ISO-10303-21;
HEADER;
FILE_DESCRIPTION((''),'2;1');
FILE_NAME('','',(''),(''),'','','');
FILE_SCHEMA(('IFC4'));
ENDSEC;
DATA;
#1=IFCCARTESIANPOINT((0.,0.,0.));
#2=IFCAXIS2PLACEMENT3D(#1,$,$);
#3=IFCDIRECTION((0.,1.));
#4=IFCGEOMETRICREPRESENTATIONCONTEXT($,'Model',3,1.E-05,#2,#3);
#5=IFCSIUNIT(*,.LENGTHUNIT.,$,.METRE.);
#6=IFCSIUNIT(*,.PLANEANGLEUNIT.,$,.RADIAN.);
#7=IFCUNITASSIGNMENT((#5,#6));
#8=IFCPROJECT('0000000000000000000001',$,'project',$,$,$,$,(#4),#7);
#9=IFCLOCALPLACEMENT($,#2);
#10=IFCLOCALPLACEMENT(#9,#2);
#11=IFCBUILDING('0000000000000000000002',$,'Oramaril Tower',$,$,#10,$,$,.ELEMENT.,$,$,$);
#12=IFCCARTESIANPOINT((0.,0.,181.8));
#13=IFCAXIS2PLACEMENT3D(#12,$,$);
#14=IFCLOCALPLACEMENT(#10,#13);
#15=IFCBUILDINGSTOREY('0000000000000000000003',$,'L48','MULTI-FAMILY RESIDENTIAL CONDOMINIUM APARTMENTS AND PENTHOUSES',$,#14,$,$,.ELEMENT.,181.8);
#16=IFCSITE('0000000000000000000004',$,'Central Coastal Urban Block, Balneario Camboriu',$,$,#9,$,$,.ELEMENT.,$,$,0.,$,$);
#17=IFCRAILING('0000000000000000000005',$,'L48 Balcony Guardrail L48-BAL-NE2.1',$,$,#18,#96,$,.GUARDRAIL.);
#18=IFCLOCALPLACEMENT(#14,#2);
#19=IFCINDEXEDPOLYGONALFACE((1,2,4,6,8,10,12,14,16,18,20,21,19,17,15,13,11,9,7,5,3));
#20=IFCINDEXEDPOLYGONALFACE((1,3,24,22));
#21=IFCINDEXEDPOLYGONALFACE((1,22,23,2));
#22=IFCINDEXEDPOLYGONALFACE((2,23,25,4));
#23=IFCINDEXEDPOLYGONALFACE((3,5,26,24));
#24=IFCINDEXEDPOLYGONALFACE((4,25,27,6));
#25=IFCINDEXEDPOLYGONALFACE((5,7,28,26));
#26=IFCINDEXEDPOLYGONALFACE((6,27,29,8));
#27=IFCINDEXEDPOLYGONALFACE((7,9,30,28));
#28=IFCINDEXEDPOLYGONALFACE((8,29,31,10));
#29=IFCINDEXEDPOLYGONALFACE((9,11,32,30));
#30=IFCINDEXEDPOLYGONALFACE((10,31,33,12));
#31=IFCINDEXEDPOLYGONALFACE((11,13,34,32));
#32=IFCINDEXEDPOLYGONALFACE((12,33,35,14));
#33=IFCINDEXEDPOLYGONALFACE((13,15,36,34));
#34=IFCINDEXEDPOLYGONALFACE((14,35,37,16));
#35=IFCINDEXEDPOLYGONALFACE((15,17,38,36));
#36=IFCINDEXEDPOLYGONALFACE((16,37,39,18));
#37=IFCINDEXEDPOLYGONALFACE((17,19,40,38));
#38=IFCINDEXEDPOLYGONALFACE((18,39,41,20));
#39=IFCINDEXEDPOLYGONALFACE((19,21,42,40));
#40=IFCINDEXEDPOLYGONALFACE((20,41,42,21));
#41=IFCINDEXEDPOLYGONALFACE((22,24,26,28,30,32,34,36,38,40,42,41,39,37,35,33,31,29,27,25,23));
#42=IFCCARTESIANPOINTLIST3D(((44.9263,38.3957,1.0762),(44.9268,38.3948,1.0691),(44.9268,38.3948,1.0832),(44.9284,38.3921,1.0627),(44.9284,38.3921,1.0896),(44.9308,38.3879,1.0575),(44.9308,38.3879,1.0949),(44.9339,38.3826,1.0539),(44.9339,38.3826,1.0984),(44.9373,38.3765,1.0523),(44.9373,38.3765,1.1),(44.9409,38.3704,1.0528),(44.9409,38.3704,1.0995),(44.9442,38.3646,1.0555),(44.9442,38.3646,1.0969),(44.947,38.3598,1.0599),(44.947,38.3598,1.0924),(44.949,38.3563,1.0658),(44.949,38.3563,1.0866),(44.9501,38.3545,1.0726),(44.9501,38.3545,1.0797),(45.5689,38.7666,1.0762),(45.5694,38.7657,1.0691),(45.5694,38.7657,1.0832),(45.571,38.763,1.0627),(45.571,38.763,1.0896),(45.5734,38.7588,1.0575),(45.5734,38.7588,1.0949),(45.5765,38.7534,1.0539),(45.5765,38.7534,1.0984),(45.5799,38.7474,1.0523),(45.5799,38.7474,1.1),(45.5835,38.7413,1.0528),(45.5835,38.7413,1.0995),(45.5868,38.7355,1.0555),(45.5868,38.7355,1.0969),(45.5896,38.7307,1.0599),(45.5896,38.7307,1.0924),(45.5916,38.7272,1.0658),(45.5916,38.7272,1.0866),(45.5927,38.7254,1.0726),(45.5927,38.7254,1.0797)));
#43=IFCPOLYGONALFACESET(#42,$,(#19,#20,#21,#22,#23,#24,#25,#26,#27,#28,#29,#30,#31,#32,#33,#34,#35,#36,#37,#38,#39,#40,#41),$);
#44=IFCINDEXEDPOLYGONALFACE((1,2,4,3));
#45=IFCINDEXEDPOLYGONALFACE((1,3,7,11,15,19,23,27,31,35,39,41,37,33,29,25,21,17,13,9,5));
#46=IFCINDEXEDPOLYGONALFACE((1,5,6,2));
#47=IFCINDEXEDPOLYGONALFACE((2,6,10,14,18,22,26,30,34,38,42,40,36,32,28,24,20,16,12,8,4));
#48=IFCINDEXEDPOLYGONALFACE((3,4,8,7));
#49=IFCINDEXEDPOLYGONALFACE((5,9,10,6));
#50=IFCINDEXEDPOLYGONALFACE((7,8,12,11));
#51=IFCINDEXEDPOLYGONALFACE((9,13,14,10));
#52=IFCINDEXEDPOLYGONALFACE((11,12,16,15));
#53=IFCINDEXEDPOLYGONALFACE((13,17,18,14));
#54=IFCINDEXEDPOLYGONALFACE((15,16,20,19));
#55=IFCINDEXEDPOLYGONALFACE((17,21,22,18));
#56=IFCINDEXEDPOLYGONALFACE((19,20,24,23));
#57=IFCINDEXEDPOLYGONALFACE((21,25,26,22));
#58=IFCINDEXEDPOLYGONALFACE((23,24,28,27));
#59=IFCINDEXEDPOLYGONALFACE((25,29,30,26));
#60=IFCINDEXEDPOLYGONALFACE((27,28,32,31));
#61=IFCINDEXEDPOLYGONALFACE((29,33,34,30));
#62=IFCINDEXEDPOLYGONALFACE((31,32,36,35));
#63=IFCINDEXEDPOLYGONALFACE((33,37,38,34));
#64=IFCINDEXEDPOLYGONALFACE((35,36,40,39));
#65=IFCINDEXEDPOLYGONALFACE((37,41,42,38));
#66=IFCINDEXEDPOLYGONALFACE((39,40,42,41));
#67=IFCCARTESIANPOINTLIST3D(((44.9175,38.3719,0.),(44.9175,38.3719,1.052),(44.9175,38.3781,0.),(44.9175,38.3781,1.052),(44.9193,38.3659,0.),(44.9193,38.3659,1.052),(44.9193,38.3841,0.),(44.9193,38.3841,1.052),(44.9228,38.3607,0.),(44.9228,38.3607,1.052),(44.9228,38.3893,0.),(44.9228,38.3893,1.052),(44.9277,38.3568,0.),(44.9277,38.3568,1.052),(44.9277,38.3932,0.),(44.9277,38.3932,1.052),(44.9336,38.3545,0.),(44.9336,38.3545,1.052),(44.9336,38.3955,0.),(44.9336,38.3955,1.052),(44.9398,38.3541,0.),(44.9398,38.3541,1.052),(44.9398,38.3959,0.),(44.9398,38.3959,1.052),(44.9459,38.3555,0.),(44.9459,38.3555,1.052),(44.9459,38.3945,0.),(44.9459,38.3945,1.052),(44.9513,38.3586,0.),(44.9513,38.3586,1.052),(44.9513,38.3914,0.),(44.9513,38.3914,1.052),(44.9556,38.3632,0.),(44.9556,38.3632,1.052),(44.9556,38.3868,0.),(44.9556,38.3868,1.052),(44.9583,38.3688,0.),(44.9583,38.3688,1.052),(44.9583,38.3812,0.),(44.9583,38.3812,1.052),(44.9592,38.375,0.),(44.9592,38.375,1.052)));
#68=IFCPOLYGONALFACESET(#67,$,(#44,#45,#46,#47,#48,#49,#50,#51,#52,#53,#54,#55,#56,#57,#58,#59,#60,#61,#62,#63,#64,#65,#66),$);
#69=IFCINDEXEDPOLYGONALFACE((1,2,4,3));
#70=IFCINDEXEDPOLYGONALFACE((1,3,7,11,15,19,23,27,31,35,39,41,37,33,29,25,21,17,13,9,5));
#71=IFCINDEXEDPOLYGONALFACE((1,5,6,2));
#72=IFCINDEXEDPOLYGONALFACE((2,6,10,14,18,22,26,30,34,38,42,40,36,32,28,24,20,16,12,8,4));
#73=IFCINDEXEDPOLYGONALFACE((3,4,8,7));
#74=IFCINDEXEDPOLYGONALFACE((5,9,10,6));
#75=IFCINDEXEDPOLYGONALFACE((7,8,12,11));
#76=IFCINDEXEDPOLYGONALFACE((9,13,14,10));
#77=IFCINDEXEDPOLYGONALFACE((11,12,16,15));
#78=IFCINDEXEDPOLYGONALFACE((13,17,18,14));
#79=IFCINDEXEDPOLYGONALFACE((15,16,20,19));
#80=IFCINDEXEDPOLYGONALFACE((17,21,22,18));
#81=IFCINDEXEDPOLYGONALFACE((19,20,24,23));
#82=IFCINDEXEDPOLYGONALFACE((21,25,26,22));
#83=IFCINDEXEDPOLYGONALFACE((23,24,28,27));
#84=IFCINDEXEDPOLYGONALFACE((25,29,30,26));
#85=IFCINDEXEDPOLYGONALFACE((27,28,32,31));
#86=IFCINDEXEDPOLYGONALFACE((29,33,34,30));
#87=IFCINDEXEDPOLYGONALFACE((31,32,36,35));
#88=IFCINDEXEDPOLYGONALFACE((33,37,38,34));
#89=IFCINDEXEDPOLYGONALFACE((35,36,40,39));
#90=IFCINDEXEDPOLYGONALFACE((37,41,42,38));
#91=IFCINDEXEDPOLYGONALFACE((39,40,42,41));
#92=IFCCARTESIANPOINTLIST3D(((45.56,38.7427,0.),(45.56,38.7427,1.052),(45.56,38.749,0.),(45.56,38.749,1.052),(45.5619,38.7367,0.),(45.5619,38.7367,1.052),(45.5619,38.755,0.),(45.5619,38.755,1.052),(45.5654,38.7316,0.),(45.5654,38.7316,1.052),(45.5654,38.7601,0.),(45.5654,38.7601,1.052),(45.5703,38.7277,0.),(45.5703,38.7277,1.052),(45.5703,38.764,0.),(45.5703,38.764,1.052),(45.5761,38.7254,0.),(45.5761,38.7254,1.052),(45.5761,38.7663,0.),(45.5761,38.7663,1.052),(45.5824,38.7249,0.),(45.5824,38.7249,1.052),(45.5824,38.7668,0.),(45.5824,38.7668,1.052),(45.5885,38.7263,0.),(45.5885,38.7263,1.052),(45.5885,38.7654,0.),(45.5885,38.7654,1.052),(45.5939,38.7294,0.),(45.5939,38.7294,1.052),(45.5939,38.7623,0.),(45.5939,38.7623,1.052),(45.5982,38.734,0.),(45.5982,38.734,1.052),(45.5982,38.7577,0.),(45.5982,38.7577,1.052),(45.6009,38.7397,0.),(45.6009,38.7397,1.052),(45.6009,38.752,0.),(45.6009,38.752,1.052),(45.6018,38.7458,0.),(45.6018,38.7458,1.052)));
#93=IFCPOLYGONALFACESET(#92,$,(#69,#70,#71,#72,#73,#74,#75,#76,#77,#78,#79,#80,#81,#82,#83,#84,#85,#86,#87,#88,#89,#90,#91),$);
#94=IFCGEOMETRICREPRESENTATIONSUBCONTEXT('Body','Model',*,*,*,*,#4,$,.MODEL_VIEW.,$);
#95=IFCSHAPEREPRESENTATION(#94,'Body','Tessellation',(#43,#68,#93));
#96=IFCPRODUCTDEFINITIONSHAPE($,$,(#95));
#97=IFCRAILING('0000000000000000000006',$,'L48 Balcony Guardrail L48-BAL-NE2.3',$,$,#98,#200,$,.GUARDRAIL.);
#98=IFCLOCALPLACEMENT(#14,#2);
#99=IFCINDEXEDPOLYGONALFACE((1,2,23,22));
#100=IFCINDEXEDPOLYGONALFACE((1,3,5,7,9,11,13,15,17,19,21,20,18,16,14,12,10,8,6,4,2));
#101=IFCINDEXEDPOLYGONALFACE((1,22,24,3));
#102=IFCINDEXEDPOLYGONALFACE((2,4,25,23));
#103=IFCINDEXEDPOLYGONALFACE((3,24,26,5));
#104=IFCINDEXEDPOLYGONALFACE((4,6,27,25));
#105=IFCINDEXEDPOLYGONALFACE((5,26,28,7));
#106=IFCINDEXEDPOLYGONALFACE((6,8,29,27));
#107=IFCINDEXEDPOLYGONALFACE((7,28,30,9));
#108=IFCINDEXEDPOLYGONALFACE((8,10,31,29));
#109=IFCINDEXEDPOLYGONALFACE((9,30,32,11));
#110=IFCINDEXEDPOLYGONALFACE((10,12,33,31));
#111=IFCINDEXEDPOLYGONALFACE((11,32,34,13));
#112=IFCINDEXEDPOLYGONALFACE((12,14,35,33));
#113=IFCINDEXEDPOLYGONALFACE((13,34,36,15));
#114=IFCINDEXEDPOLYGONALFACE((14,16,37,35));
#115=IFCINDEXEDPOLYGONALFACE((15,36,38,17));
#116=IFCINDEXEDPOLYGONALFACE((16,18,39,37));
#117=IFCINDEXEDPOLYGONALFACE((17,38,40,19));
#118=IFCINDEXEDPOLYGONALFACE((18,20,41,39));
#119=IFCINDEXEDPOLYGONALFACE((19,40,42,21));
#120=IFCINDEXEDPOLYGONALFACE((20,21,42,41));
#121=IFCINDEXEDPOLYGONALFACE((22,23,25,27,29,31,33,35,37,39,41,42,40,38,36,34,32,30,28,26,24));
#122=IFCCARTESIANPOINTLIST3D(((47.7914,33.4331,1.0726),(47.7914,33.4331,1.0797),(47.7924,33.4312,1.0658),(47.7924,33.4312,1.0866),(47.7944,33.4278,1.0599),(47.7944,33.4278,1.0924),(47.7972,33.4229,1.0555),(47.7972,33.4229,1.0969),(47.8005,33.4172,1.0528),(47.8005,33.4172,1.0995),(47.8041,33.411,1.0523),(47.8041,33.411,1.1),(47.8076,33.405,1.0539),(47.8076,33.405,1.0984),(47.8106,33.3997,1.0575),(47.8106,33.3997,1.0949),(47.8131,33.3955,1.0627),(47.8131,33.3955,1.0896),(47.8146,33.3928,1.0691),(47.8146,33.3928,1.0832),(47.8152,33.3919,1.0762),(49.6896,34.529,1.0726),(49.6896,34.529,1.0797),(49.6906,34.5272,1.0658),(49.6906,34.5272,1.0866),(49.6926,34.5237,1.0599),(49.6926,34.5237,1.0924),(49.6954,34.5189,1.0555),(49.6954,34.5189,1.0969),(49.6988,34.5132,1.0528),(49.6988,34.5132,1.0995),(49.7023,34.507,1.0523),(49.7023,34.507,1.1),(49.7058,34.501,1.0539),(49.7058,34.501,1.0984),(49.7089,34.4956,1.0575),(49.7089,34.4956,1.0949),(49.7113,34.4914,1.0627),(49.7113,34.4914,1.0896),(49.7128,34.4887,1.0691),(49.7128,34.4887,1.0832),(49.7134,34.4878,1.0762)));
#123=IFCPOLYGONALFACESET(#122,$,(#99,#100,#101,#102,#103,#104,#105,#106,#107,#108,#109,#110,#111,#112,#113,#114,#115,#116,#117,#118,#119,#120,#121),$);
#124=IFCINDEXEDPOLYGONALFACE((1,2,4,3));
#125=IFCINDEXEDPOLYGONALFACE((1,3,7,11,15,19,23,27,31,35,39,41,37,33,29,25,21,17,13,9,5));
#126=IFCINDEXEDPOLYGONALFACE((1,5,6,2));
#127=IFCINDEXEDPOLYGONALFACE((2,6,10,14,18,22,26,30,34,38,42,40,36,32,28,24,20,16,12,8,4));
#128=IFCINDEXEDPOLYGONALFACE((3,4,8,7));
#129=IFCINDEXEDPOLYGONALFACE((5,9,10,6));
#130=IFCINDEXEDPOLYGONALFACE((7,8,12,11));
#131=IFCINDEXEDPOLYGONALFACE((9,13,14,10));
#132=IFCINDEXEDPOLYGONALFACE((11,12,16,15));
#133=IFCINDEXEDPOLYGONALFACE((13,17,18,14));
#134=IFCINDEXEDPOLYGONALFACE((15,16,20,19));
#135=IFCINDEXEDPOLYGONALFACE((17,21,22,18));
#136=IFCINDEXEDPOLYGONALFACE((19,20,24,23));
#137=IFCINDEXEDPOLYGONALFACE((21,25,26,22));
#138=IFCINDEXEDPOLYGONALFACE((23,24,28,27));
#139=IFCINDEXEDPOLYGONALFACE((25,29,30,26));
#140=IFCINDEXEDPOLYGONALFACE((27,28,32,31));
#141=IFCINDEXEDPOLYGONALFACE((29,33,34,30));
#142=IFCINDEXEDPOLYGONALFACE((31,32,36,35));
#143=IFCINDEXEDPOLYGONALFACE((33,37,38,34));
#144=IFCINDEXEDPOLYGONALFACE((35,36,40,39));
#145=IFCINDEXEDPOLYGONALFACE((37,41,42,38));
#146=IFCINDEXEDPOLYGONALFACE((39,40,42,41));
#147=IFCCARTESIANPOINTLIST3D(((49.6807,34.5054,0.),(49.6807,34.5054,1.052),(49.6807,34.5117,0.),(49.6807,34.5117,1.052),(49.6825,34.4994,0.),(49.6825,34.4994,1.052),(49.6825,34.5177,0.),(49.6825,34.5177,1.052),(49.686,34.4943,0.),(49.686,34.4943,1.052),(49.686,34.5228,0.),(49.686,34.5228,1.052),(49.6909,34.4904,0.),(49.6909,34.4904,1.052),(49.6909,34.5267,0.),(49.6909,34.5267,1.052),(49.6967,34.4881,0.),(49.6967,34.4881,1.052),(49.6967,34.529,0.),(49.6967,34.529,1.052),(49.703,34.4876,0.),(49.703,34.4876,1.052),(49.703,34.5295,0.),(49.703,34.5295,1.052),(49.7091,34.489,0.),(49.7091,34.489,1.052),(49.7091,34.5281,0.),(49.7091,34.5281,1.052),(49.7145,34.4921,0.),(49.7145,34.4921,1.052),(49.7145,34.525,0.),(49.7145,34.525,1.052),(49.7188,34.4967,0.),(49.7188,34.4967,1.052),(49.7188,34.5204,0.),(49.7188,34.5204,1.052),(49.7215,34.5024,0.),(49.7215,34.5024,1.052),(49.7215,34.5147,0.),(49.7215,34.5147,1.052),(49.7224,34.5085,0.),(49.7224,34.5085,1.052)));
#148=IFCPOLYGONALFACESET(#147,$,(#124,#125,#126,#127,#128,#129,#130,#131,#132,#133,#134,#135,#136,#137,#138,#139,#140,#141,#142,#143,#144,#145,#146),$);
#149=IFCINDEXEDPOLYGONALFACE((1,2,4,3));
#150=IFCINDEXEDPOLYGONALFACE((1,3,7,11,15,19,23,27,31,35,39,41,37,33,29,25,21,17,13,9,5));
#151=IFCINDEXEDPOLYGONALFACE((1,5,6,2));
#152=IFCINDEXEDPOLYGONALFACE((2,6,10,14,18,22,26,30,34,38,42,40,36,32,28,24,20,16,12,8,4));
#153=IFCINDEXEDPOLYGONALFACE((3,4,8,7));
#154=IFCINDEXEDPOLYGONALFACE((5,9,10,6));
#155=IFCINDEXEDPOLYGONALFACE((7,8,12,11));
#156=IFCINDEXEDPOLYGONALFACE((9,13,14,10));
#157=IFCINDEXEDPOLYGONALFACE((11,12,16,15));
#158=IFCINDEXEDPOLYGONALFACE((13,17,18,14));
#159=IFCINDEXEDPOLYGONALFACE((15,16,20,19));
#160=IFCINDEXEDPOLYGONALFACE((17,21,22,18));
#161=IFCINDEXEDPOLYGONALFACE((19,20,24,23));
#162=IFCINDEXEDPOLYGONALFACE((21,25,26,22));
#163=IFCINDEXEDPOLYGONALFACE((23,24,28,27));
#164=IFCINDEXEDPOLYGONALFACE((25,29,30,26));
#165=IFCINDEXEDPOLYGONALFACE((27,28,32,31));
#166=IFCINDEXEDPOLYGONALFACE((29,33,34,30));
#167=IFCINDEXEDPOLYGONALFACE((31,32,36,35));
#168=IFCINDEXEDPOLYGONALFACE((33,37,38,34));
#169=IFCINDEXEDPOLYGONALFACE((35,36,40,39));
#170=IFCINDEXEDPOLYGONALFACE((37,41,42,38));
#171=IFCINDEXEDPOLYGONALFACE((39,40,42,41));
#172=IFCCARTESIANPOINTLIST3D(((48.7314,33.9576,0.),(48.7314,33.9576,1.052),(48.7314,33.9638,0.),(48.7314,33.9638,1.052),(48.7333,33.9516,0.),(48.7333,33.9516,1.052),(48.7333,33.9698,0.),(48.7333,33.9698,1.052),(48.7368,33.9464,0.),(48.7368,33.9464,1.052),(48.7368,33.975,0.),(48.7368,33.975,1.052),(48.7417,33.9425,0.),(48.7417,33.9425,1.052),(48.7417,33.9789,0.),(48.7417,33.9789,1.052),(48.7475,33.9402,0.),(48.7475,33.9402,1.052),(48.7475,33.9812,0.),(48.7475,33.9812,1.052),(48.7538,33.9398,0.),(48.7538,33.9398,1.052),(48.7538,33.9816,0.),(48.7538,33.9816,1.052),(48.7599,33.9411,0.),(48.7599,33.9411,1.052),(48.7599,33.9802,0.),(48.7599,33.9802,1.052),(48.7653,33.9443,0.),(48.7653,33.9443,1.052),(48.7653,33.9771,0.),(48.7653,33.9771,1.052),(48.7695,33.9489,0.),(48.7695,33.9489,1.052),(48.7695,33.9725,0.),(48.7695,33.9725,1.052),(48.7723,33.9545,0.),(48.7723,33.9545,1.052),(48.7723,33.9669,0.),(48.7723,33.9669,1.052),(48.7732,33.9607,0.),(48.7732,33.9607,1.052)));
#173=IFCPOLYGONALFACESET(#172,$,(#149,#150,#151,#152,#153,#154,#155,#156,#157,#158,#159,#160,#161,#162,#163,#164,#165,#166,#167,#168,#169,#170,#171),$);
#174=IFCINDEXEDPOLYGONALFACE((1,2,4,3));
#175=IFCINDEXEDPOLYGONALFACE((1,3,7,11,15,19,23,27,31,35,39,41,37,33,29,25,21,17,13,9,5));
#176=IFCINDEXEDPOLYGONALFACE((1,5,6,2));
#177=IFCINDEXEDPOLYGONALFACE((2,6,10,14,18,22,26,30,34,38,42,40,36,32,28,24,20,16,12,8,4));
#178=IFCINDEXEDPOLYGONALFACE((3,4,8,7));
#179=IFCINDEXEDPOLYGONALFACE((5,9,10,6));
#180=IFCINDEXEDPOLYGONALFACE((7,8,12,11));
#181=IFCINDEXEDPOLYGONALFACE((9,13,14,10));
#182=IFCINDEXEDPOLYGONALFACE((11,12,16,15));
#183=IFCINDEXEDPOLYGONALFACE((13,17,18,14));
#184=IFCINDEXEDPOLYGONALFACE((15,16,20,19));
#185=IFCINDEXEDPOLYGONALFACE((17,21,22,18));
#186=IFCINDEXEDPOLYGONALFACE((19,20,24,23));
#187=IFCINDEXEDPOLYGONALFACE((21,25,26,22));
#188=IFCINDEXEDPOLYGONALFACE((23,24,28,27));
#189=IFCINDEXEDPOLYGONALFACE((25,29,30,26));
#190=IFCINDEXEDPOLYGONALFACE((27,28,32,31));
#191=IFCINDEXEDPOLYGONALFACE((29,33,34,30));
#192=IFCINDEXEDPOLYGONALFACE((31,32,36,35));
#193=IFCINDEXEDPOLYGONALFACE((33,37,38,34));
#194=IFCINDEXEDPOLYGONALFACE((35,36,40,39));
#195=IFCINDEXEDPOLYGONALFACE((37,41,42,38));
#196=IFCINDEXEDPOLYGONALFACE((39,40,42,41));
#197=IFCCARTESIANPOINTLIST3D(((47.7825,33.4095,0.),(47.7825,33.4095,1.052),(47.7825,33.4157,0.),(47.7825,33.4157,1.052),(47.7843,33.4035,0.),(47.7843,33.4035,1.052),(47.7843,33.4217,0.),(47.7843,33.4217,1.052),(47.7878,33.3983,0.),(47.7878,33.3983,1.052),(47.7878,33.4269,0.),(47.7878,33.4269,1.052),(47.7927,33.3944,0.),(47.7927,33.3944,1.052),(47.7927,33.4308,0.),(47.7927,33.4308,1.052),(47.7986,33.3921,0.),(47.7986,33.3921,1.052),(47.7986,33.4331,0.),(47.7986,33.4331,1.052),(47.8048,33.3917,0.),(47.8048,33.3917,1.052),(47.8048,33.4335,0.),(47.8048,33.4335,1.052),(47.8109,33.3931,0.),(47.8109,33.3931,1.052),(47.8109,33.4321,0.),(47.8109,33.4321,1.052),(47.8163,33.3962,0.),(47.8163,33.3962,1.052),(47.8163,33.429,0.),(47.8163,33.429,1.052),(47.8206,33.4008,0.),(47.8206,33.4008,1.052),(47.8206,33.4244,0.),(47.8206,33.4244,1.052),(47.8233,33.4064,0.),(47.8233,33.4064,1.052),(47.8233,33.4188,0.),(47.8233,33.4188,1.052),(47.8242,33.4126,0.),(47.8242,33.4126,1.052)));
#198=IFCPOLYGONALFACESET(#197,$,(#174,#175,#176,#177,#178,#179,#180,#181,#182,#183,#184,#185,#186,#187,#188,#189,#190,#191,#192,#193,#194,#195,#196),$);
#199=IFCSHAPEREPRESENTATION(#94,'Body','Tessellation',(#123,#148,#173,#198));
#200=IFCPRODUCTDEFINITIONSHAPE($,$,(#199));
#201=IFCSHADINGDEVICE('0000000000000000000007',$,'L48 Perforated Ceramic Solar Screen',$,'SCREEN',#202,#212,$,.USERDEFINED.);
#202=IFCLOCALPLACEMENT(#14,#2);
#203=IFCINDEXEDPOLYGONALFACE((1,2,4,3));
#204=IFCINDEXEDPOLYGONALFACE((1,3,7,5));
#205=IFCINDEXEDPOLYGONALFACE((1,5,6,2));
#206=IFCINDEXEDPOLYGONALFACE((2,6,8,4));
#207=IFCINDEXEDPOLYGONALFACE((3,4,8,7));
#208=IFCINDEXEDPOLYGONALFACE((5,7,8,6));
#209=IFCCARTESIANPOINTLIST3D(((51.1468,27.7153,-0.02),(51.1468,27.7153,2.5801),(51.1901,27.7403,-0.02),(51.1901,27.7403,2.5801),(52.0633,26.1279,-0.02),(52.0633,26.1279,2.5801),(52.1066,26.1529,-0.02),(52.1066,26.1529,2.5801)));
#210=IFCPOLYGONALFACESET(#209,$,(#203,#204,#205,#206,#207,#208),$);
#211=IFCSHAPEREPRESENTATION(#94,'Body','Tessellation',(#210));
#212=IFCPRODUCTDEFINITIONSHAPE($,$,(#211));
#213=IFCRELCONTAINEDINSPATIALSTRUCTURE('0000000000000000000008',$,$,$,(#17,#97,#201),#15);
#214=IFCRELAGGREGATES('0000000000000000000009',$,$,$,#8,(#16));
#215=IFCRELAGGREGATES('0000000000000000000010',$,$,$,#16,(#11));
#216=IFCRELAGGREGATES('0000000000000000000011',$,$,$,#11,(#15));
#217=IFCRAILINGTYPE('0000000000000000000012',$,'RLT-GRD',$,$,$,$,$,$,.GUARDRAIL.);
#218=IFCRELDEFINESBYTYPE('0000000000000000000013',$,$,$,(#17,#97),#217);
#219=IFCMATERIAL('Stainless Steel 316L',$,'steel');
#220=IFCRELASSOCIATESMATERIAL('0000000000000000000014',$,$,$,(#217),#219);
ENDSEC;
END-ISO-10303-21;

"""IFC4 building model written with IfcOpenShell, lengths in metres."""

from ifc_helpers import new_model, si_unit, direction, frame, origin, origin_2d, place, context, subcontext, project, spatial, rectangle, circle, extrude, material, type_object, element, save


model = new_model("IFC4")

# Units and contexts
model_context = context("Model", 3, precision=1e-05, world=origin(), true_north=direction((0.0, 1.0)))
body_context = subcontext(model_context, "Body", "Model", "MODEL_VIEW")
ifc_project = project(units=[si_unit("LENGTHUNIT", "METRE"), si_unit("PLANEANGLEUNIT", "RADIAN")], contexts=[model_context])

# Site, building, storey
site_placement = place(None, origin())
site = spatial("IfcSite", under=ifc_project, at=site_placement, Name="Central Coastal Urban Block, Balneario Camboriu", CompositionType="ELEMENT", RefElevation=0.0)
building_placement = place(site_placement, origin())
building = spatial("IfcBuilding", under=site, at=building_placement, Name="Oramaril Tower", CompositionType="ELEMENT")
storey_placement = place(building_placement, frame((0.0, 0.0, 181.8)))
storey = spatial("IfcBuildingStorey", under=building, at=storey_placement, Name="L48", Description="MULTI-FAMILY RESIDENTIAL CONDOMINIUM APARTMENTS AND PENTHOUSES", CompositionType="ELEMENT", Elevation=181.8)

# Railings
ifc_material_1 = material(Name="Stainless Steel 316L", Category="steel")
railing_type = type_object("IfcRailingType", Name="RLT-GRD", PredefinedType="GUARDRAIL", material=ifc_material_1)
railing_1_placement = place(storey_placement, frame((44.9382, 38.375, 0.0)))
element("IfcRailing", 1, at=railing_1_placement, inside=storey, type_object=railing_type, Name="L48 Balcony Guardrail L48-BAL-NE2.1", PredefinedType="GUARDRAIL", context=body_context, shape_type="SweptSolid", body=[
    extrude(circle(Radius=0.0239, at=origin_2d()), frame((0.0, 0.0, 1.0762), z_axis=(0.866109, 0.499855, 0.0), x_axis=(-0.499855, 0.866109, 0.0)), (0.0, 0.0, 1.0), 0.7419),
    extrude(circle(Radius=0.021, at=origin_2d()), origin(), (0.0, 0.0, 1.0), 1.052),
    extrude(circle(Radius=0.021, at=origin_2d()), frame((0.6426, 0.3708, 0.0)), (0.0, 0.0, 1.0), 1.052),
])
railing_2_placement = place(storey_placement, frame((49.7014, 34.5085, 0.0)))
element("IfcRailing", 2, at=railing_2_placement, inside=storey, type_object=railing_type, Name="L48 Balcony Guardrail L48-BAL-NE2.3", PredefinedType="GUARDRAIL", context=body_context, shape_type="SweptSolid", body=[
    extrude(circle(Radius=0.0239, at=origin_2d()), frame((0.0, 0.0, 1.0762), z_axis=(-0.866021, -0.500008, 0.0), x_axis=(0.500008, -0.866021, 0.0)), (0.0, 0.0, 1.0), 2.1919),
    extrude(circle(Radius=0.021, at=origin_2d()), origin(), (0.0, 0.0, 1.0), 1.052),
    extrude(circle(Radius=0.021, at=origin_2d()), frame((-0.9492, -0.5479, 0.0)), (0.0, 0.0, 1.0), 1.052),
    extrude(circle(Radius=0.021, at=origin_2d()), frame((-1.8982, -1.0959, 0.0)), (0.0, 0.0, 1.0), 1.052),
])

# Shading device
for number, where, z_axis, x_axis, name in (
    (3, (51.6267, 26.9341, -0.02), (0.0, 0.0, 1.0), (-0.5, 0.866025, 0.0), "L48 Perforated Ceramic Solar Screen"),
):
    element("IfcShadingDevice", number, at=place(storey_placement, frame(where, z_axis=z_axis, x_axis=x_axis)), inside=storey, Name=name, ObjectType="SCREEN", PredefinedType="USERDEFINED", context=body_context, shape_type="SweptSolid", body=[
        extrude(rectangle(XDim=1.833, YDim=0.05, at=origin_2d()), origin(), (0.0, 0.0, 1.0), 2.6001),
    ])

save(model, "model.ifc")
